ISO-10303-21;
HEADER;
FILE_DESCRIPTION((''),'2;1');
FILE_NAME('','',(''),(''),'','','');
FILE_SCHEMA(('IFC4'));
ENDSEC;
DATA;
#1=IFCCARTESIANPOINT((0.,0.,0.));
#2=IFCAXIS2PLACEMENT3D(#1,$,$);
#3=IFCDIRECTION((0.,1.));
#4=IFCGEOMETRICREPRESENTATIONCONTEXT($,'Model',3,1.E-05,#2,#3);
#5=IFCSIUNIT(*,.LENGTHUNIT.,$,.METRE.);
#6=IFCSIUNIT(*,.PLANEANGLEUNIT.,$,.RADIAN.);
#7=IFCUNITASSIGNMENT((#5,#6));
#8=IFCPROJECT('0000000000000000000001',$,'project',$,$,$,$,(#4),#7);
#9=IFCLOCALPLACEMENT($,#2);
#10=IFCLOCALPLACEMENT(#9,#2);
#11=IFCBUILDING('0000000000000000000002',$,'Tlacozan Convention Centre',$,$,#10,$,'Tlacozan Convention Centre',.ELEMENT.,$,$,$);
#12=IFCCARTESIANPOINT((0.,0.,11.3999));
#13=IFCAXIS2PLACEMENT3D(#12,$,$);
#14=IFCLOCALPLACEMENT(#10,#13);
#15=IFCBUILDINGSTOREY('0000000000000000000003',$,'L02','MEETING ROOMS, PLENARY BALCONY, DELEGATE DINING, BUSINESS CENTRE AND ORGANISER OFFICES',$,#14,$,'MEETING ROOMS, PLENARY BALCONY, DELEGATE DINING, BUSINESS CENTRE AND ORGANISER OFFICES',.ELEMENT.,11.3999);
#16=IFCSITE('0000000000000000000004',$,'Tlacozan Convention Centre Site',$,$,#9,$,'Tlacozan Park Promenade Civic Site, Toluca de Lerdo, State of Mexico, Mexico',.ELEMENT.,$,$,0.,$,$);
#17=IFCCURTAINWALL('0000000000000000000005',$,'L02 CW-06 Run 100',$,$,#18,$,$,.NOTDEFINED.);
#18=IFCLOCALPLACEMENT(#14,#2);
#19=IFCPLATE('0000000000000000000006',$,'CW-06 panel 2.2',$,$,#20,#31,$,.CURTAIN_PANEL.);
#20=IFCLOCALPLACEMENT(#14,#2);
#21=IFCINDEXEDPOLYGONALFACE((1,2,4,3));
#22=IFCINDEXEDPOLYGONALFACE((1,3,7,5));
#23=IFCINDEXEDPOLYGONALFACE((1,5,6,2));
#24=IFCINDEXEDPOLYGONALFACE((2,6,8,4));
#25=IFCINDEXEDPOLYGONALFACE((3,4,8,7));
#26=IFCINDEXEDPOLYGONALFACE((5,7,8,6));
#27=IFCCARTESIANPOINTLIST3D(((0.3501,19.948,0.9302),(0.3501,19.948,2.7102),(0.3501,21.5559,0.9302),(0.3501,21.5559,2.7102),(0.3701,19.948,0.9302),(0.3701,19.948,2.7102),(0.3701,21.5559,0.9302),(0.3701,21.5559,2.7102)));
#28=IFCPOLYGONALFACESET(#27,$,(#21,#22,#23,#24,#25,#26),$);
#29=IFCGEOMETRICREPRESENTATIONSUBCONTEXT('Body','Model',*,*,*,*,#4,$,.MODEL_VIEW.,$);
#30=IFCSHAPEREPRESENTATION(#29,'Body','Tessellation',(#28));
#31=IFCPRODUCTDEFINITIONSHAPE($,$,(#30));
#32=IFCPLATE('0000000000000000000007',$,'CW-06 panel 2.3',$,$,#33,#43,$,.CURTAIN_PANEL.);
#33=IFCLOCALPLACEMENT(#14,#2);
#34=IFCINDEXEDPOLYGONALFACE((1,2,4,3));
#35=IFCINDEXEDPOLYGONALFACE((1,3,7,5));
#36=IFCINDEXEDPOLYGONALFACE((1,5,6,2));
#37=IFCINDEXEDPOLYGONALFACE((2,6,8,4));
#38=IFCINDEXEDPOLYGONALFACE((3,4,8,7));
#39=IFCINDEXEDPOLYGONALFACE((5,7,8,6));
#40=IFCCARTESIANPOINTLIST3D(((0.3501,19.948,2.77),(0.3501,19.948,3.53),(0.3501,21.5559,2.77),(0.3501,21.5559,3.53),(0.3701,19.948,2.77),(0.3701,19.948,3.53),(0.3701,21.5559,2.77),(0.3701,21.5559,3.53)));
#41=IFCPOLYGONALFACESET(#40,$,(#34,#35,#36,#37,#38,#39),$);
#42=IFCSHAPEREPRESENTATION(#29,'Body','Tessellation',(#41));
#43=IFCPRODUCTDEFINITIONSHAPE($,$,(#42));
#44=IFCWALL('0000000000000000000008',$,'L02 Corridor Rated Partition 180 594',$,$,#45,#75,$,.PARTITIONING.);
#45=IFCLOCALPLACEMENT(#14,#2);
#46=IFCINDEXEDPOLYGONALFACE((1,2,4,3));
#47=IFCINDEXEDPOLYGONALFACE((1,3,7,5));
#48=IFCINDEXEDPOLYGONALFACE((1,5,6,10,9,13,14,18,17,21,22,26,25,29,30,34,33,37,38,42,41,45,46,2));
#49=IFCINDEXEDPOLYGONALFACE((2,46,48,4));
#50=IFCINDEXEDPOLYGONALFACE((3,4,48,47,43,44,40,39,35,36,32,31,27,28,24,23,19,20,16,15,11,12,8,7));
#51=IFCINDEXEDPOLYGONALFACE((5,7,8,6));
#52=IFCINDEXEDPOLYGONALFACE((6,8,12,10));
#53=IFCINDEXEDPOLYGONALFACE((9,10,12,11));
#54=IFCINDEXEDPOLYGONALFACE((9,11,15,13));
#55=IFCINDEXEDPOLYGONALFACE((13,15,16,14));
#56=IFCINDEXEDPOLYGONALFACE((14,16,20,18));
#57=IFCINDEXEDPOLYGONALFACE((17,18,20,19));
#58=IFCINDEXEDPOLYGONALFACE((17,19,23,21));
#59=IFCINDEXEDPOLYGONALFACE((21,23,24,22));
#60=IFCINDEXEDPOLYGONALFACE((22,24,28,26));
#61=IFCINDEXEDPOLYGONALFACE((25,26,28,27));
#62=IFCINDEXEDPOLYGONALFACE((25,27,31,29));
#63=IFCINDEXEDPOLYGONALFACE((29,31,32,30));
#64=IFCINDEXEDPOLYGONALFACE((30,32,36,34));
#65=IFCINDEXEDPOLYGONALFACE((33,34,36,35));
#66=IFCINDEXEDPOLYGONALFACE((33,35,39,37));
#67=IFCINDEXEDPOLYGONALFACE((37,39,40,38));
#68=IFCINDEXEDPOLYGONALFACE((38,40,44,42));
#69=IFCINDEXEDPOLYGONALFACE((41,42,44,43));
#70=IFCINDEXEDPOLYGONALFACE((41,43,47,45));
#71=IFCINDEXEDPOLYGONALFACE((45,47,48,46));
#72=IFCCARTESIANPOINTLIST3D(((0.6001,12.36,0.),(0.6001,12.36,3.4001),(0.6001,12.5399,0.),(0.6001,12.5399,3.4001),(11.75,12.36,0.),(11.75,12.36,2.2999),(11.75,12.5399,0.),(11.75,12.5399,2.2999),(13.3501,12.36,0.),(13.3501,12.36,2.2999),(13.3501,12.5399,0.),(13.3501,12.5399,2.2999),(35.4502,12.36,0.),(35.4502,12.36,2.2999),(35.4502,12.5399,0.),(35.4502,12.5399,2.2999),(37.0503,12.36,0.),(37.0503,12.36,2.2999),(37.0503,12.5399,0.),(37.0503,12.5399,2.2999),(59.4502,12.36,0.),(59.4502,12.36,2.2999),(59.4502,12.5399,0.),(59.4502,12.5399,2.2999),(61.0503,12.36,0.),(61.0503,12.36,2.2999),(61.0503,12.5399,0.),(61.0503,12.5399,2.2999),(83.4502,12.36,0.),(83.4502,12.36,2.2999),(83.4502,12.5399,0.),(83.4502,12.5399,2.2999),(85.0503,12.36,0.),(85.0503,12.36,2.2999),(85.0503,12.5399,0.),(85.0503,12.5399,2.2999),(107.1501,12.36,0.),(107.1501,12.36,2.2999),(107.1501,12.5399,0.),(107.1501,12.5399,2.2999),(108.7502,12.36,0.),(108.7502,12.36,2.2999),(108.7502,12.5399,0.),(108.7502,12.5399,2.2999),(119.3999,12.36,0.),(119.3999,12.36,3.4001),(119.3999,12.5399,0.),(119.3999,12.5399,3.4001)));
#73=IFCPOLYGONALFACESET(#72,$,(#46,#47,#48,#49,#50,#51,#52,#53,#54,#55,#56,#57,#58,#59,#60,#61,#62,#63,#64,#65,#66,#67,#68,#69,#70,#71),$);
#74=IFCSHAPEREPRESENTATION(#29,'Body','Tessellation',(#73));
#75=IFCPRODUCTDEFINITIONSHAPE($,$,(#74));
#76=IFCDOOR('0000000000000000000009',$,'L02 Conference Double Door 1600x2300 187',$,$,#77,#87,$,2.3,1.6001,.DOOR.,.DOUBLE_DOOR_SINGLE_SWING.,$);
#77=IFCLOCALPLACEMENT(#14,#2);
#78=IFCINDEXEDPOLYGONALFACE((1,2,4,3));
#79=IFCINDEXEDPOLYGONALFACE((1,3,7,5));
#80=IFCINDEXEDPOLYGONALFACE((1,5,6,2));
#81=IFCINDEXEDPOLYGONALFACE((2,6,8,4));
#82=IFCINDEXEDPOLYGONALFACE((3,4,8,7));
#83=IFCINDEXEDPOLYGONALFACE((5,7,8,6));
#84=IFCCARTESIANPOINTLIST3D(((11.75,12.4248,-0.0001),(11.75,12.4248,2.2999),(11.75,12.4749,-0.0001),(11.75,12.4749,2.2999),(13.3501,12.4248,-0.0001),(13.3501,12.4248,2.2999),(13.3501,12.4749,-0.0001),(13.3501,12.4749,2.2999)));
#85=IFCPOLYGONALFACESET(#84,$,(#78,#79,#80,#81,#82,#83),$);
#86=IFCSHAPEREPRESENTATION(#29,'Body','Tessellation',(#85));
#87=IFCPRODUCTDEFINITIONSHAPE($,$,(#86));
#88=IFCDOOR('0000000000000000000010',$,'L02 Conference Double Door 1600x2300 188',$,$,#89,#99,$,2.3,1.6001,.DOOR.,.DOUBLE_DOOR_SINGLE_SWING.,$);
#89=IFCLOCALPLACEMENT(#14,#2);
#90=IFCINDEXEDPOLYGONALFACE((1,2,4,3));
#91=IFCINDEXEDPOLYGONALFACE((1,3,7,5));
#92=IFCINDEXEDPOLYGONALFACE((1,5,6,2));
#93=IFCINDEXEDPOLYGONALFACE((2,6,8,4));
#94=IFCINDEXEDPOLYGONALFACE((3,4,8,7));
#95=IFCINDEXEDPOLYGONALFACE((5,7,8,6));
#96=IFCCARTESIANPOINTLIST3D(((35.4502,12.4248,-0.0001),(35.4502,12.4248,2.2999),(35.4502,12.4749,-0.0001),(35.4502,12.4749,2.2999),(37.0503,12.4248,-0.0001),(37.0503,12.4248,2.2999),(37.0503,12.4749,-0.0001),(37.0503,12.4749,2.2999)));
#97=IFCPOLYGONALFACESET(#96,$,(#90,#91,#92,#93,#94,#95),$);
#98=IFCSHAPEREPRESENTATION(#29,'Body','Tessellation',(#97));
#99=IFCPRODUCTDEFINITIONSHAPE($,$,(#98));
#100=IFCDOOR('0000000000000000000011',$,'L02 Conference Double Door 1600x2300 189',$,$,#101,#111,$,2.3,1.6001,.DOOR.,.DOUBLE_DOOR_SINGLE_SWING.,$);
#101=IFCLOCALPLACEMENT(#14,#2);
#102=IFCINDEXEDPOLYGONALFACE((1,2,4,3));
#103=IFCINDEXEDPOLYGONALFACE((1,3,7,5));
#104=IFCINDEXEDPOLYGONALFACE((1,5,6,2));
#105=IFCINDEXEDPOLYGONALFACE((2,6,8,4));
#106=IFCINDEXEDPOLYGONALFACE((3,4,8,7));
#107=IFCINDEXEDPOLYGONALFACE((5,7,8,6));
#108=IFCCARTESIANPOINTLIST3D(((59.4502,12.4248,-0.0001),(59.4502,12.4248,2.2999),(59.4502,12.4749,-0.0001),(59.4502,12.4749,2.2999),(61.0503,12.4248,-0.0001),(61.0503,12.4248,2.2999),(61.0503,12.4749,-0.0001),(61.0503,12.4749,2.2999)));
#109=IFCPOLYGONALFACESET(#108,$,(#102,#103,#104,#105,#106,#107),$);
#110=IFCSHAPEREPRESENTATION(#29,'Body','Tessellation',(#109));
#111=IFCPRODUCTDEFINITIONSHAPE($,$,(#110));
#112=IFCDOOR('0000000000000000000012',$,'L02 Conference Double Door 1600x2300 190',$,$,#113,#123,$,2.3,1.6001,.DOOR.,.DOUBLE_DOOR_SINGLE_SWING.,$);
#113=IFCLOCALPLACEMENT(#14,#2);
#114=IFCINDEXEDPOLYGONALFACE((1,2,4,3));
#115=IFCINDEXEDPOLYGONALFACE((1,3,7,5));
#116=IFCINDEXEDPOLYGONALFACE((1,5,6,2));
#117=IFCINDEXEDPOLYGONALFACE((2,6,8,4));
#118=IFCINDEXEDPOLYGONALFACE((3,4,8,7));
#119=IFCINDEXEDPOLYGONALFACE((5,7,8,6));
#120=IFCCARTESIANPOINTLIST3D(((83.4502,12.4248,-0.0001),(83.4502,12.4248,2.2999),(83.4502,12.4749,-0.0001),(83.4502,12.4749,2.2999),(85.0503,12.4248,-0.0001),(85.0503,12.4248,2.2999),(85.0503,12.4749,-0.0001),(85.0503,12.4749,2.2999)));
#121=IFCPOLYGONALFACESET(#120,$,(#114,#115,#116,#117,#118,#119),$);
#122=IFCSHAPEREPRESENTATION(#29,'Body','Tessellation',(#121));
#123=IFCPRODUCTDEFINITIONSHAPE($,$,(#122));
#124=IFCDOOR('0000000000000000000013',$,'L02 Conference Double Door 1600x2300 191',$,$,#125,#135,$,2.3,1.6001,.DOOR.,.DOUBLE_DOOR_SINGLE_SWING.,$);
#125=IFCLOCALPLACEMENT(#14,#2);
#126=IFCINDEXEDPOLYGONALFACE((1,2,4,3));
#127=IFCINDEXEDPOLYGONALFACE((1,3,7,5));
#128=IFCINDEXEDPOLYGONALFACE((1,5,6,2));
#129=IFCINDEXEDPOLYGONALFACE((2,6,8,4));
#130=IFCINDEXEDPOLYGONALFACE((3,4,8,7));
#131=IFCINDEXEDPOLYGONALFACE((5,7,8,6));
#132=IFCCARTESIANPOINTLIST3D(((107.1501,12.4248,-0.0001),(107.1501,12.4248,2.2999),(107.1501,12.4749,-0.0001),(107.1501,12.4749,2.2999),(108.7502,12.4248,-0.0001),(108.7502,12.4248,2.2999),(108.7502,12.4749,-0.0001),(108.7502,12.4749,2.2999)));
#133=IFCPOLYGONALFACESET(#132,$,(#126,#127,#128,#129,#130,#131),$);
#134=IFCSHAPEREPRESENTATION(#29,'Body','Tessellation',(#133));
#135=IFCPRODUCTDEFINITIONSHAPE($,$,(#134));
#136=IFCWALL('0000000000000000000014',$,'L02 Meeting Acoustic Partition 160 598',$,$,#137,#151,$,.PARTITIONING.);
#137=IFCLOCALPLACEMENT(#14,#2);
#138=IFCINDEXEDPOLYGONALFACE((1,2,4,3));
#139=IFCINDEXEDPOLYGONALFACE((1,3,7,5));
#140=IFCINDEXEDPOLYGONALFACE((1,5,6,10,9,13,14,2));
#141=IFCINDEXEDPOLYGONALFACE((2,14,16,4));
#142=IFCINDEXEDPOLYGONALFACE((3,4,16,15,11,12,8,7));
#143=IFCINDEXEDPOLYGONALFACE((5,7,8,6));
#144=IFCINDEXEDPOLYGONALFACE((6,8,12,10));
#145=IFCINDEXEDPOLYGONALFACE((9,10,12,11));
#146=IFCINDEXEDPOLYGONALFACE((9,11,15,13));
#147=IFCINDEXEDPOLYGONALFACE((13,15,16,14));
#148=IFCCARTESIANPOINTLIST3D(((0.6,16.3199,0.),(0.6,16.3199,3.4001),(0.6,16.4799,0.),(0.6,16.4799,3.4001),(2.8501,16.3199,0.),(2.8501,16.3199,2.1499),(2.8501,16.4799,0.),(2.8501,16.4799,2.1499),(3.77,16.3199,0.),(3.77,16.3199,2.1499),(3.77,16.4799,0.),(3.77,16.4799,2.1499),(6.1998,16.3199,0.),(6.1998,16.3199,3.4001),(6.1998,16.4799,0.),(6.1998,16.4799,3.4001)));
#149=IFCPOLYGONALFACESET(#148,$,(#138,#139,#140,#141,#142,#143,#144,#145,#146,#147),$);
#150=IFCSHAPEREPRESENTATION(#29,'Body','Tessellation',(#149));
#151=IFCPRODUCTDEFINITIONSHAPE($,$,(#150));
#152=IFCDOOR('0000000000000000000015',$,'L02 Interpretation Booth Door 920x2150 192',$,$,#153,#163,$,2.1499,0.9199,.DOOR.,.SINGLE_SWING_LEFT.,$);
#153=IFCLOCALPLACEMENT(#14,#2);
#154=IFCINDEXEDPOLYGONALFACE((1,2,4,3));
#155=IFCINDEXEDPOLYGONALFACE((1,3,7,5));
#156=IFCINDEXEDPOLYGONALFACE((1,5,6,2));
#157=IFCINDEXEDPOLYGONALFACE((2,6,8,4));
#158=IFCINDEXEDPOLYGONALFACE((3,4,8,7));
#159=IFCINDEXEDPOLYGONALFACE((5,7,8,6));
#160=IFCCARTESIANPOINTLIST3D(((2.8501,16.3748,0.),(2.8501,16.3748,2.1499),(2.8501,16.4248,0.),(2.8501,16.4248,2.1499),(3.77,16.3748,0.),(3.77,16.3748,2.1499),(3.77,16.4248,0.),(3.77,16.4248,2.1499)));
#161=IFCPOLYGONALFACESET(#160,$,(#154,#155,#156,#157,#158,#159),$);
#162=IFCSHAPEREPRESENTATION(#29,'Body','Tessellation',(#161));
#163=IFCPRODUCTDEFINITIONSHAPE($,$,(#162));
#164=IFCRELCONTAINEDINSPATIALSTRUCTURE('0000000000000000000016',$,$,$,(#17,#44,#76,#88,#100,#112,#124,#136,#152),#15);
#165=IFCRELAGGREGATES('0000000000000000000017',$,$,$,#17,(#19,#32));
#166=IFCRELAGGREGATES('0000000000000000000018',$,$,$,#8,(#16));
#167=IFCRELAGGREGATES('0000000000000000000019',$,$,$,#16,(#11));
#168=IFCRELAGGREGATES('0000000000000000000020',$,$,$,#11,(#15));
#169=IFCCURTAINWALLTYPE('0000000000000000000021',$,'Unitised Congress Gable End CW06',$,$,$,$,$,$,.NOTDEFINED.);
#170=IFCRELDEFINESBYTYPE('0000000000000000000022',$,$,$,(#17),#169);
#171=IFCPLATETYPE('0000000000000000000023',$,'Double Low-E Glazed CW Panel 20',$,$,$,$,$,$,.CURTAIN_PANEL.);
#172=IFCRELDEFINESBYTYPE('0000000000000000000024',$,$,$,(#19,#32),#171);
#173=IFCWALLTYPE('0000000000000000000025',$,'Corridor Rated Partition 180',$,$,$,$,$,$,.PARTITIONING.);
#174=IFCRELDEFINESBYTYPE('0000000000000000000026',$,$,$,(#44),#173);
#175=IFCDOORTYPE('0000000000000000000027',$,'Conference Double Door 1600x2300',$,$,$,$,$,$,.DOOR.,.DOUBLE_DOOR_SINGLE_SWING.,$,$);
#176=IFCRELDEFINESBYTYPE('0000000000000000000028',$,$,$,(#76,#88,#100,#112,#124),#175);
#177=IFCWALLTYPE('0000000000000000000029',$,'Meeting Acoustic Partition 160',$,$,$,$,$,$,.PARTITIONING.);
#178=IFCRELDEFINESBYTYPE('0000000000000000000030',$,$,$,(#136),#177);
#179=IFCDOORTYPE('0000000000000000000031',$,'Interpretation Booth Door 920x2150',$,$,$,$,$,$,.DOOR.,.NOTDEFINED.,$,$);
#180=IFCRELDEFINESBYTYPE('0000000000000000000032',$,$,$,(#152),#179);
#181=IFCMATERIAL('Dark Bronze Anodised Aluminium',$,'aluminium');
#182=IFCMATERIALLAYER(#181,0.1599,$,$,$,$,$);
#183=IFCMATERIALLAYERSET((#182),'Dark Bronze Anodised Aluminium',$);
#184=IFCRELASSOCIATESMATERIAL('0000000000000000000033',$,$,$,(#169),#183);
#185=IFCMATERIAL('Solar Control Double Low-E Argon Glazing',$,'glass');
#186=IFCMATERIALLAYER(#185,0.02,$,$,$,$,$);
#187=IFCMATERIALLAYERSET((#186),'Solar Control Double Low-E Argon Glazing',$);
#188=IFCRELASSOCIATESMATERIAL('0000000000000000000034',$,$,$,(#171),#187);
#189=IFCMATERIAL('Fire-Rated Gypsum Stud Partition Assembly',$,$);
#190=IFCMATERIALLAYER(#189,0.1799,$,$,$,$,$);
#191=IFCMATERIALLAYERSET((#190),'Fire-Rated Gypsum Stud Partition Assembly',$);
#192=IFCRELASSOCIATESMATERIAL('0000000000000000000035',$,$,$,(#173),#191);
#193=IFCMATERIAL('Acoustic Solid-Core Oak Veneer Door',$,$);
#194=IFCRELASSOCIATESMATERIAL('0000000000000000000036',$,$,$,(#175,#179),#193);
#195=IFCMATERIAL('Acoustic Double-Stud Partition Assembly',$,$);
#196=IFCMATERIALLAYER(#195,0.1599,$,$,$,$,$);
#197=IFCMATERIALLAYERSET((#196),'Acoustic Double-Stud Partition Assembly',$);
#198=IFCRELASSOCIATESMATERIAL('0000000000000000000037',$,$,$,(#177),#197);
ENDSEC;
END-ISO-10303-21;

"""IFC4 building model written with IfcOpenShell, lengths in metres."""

from ifc_helpers import new_model, si_unit, direction, frame, frame_2d, origin, origin_2d, place, context, subcontext, project, spatial, rectangle, extrude, material, layer, layer_set, type_object, element, fill, aggregate, save


model = new_model("IFC4")

# Units and contexts
model_context = context("Model", 3, precision=1e-05, world=origin(), true_north=direction((0.0, 1.0)))
body_context = subcontext(model_context, "Body", "Model", "MODEL_VIEW")
ifc_project = project(units=[si_unit("LENGTHUNIT", "METRE"), si_unit("PLANEANGLEUNIT", "RADIAN")], contexts=[model_context])

# Site, building, storey
site_placement = place(None, origin())
site = spatial("IfcSite", under=ifc_project, at=site_placement, Name="Tlacozan Convention Centre Site", LongName="Tlacozan Park Promenade Civic Site, Toluca de Lerdo, State of Mexico, Mexico", CompositionType="ELEMENT", RefElevation=0.0)
building_placement = place(site_placement, origin())
building = spatial("IfcBuilding", under=site, at=building_placement, Name="Tlacozan Convention Centre", LongName="Tlacozan Convention Centre", CompositionType="ELEMENT")
storey_placement = place(building_placement, frame((0.0, 0.0, 11.3999)))
storey = spatial("IfcBuildingStorey", under=building, at=storey_placement, Name="L02", Description="MEETING ROOMS, PLENARY BALCONY, DELEGATE DINING, BUSINESS CENTRE AND ORGANISER OFFICES", LongName="MEETING ROOMS, PLENARY BALCONY, DELEGATE DINING, BUSINESS CENTRE AND ORGANISER OFFICES", CompositionType="ELEMENT", Elevation=11.3999)

# Curtain wall
ifc_material_1 = material(Name="Dark Bronze Anodised Aluminium", Category="aluminium")
ifc_layer_1 = layer(ifc_material_1, 0.1599)
ifc_layer_set_1 = layer_set([ifc_layer_1], Name="Dark Bronze Anodised Aluminium")
curtain_wall_type = type_object("IfcCurtainWallType", Name="Unitised Congress Gable End CW06", PredefinedType="NOTDEFINED", material=ifc_layer_set_1)
curtain_wall_placement = place(storey_placement, origin())
curtain_wall = element("IfcCurtainWall", 1, at=curtain_wall_placement, inside=storey, type_object=curtain_wall_type, Name="L02 CW-06 Run 100", PredefinedType="NOTDEFINED")

# Plates
ifc_material_2 = material(Name="Solar Control Double Low-E Argon Glazing", Category="glass")
ifc_layer_2 = layer(ifc_material_2, 0.02)
ifc_layer_set_2 = layer_set([ifc_layer_2], Name="Solar Control Double Low-E Argon Glazing")
plate_type = type_object("IfcPlateType", Name="Double Low-E Glazed CW Panel 20", PredefinedType="CURTAIN_PANEL", material=ifc_layer_set_2)
plate_1_placement = place(storey_placement, frame((0.3601, 20.752, 0.9302), z_axis=(0.0, 0.0, 1.0), x_axis=(0.0, 1.0, 0.0)))
plate_1 = element("IfcPlate", 2, at=plate_1_placement, type_object=plate_type, Name="CW-06 panel 2.2", PredefinedType="CURTAIN_PANEL", context=body_context, shape_type="SweptSolid", body=[
    extrude(rectangle(XDim=1.6079, YDim=0.02, at=origin_2d()), origin(), (0.0, 0.0, 1.0), 1.78),
])
plate_2_placement = place(storey_placement, frame((0.3601, 20.752, 2.77), z_axis=(0.0, 0.0, 1.0), x_axis=(0.0, 1.0, 0.0)))
plate_2 = element("IfcPlate", 3, at=plate_2_placement, type_object=plate_type, Name="CW-06 panel 2.3", PredefinedType="CURTAIN_PANEL", context=body_context, shape_type="SweptSolid", body=[
    extrude(rectangle(XDim=1.6079, YDim=0.02, at=origin_2d()), origin(), (0.0, 0.0, 1.0), 0.76),
])
aggregate(curtain_wall, [plate_1, plate_2])

# Wall, openings, doors
ifc_material_3 = material(Name="Fire-Rated Gypsum Stud Partition Assembly")
ifc_layer_3 = layer(ifc_material_3, 0.1799)
ifc_layer_set_3 = layer_set([ifc_layer_3], Name="Fire-Rated Gypsum Stud Partition Assembly")
wall_type_1 = type_object("IfcWallType", Name="Corridor Rated Partition 180", PredefinedType="PARTITIONING", material=ifc_layer_set_3)
wall_1_placement = place(storey_placement, frame((0.6001, 12.45, 0.0), z_axis=(0.0, 0.0, 1.0), x_axis=(1.0, 0.0, 0.0)))
wall_1 = element("IfcWall", 4, at=wall_1_placement, inside=storey, type_object=wall_type_1, Name="L02 Corridor Rated Partition 180 594", PredefinedType="PARTITIONING", context=body_context, shape_type="SweptSolid", body=[
    extrude(rectangle(XDim=118.7998, YDim=0.1799, at=frame_2d((59.3999, 0.0))), origin(), (0.0, 0.0, 1.0), 3.4001),
])
opening_1_placement = place(wall_1_placement, frame((11.1499, 0.0, 0.0)))
opening_1 = element("IfcOpeningElement", 5, at=opening_1_placement, cuts=wall_1, PredefinedType="OPENING", context=body_context, shape_type="SweptSolid", body=[
    extrude(rectangle(XDim=1.6001, YDim=2.3, at=frame_2d((0.8, 1.1499))), frame((0.0, 0.0999, 0.0), z_axis=(0.0, -1.0, 0.0), x_axis=(1.0, 0.0, 0.0)), (0.0, 0.0, 1.0), 0.2),
])
opening_2_placement = place(wall_1_placement, frame((34.8501, 0.0, 0.0)))
opening_2 = element("IfcOpeningElement", 6, at=opening_2_placement, cuts=wall_1, PredefinedType="OPENING", context=body_context, shape_type="SweptSolid", body=[
    extrude(rectangle(XDim=1.6001, YDim=2.3, at=frame_2d((0.8, 1.1499))), frame((0.0, 0.0999, 0.0), z_axis=(0.0, -1.0, 0.0), x_axis=(1.0, 0.0, 0.0)), (0.0, 0.0, 1.0), 0.2),
])
opening_3_placement = place(wall_1_placement, frame((58.8501, 0.0, 0.0)))
opening_3 = element("IfcOpeningElement", 7, at=opening_3_placement, cuts=wall_1, PredefinedType="OPENING", context=body_context, shape_type="SweptSolid", body=[
    extrude(rectangle(XDim=1.6001, YDim=2.3, at=frame_2d((0.8, 1.1499))), frame((0.0, 0.0999, 0.0), z_axis=(0.0, -1.0, 0.0), x_axis=(1.0, 0.0, 0.0)), (0.0, 0.0, 1.0), 0.2),
])
opening_4_placement = place(wall_1_placement, frame((82.8501, 0.0, 0.0)))
opening_4 = element("IfcOpeningElement", 8, at=opening_4_placement, cuts=wall_1, PredefinedType="OPENING", context=body_context, shape_type="SweptSolid", body=[
    extrude(rectangle(XDim=1.6001, YDim=2.3, at=frame_2d((0.8, 1.1499))), frame((0.0, 0.0999, 0.0), z_axis=(0.0, -1.0, 0.0), x_axis=(1.0, 0.0, 0.0)), (0.0, 0.0, 1.0), 0.2),
])
opening_5_placement = place(wall_1_placement, frame((106.55, 0.0, 0.0)))
opening_5 = element("IfcOpeningElement", 9, at=opening_5_placement, cuts=wall_1, PredefinedType="OPENING", context=body_context, shape_type="SweptSolid", body=[
    extrude(rectangle(XDim=1.6001, YDim=2.3, at=frame_2d((0.8, 1.1499))), frame((0.0, 0.0999, 0.0), z_axis=(0.0, -1.0, 0.0), x_axis=(1.0, 0.0, 0.0)), (0.0, 0.0, 1.0), 0.2),
])
ifc_material_4 = material(Name="Acoustic Solid-Core Oak Veneer Door")
door_type_1 = type_object("IfcDoorType", Name="Conference Double Door 1600x2300", OperationType="DOUBLE_DOOR_SINGLE_SWING", PredefinedType="DOOR", material=ifc_material_4)
door_1_placement = place(opening_1_placement, origin())
door_1 = element("IfcDoor", 10, at=door_1_placement, inside=storey, type_object=door_type_1, Name="L02 Conference Double Door 1600x2300 187", OperationType="DOUBLE_DOOR_SINGLE_SWING", OverallHeight=2.3, OverallWidth=1.6001, PredefinedType="DOOR", context=body_context, shape_type="SweptSolid", body=[
    extrude(rectangle(XDim=1.6001, YDim=2.3, at=frame_2d((0.8, 1.1499))), frame((0.0, 0.0249, 0.0), z_axis=(0.0, -1.0, 0.0), x_axis=(1.0, 0.0, 0.0)), (0.0, 0.0, 1.0), 0.05),
])
fill(opening_1, door_1)
door_2_placement = place(opening_2_placement, origin())
door_2 = element("IfcDoor", 11, at=door_2_placement, inside=storey, type_object=door_type_1, Name="L02 Conference Double Door 1600x2300 188", OperationType="DOUBLE_DOOR_SINGLE_SWING", OverallHeight=2.3, OverallWidth=1.6001, PredefinedType="DOOR", context=body_context, shape_type="SweptSolid", body=[
    extrude(rectangle(XDim=1.6001, YDim=2.3, at=frame_2d((0.8, 1.1499))), frame((0.0, 0.0249, 0.0), z_axis=(0.0, -1.0, 0.0), x_axis=(1.0, 0.0, 0.0)), (0.0, 0.0, 1.0), 0.05),
])
fill(opening_2, door_2)
door_3_placement = place(opening_3_placement, origin())
door_3 = element("IfcDoor", 12, at=door_3_placement, inside=storey, type_object=door_type_1, Name="L02 Conference Double Door 1600x2300 189", OperationType="DOUBLE_DOOR_SINGLE_SWING", OverallHeight=2.3, OverallWidth=1.6001, PredefinedType="DOOR", context=body_context, shape_type="SweptSolid", body=[
    extrude(rectangle(XDim=1.6001, YDim=2.3, at=frame_2d((0.8, 1.1499))), frame((0.0, 0.0249, 0.0), z_axis=(0.0, -1.0, 0.0), x_axis=(1.0, 0.0, 0.0)), (0.0, 0.0, 1.0), 0.05),
])
fill(opening_3, door_3)
door_4_placement = place(opening_4_placement, origin())
door_4 = element("IfcDoor", 13, at=door_4_placement, inside=storey, type_object=door_type_1, Name="L02 Conference Double Door 1600x2300 190", OperationType="DOUBLE_DOOR_SINGLE_SWING", OverallHeight=2.3, OverallWidth=1.6001, PredefinedType="DOOR", context=body_context, shape_type="SweptSolid", body=[
    extrude(rectangle(XDim=1.6001, YDim=2.3, at=frame_2d((0.8, 1.1499))), frame((0.0, 0.0249, 0.0), z_axis=(0.0, -1.0, 0.0), x_axis=(1.0, 0.0, 0.0)), (0.0, 0.0, 1.0), 0.05),
])
fill(opening_4, door_4)
door_5_placement = place(opening_5_placement, origin())
door_5 = element("IfcDoor", 14, at=door_5_placement, inside=storey, type_object=door_type_1, Name="L02 Conference Double Door 1600x2300 191", OperationType="DOUBLE_DOOR_SINGLE_SWING", OverallHeight=2.3, OverallWidth=1.6001, PredefinedType="DOOR", context=body_context, shape_type="SweptSolid", body=[
    extrude(rectangle(XDim=1.6001, YDim=2.3, at=frame_2d((0.8, 1.1499))), frame((0.0, 0.0249, 0.0), z_axis=(0.0, -1.0, 0.0), x_axis=(1.0, 0.0, 0.0)), (0.0, 0.0, 1.0), 0.05),
])
fill(opening_5, door_5)

# Wall, opening, door
ifc_material_5 = material(Name="Acoustic Double-Stud Partition Assembly")
ifc_layer_4 = layer(ifc_material_5, 0.1599)
ifc_layer_set_4 = layer_set([ifc_layer_4], Name="Acoustic Double-Stud Partition Assembly")
wall_type_2 = type_object("IfcWallType", Name="Meeting Acoustic Partition 160", PredefinedType="PARTITIONING", material=ifc_layer_set_4)
wall_2_placement = place(storey_placement, frame((0.6001, 16.3999, 0.0), z_axis=(0.0, 0.0, 1.0), x_axis=(1.0, 0.0, 0.0)))
wall_2 = element("IfcWall", 15, at=wall_2_placement, inside=storey, type_object=wall_type_2, Name="L02 Meeting Acoustic Partition 160 598", PredefinedType="PARTITIONING", context=body_context, shape_type="SweptSolid", body=[
    extrude(rectangle(XDim=5.5999, YDim=0.1599, at=frame_2d((2.7998, 0.0))), origin(), (0.0, 0.0, 1.0), 3.4001),
])
opening_6_placement = place(wall_2_placement, frame((2.25, 0.0, 0.0)))
opening_6 = element("IfcOpeningElement", 16, at=opening_6_placement, cuts=wall_2, PredefinedType="OPENING", context=body_context, shape_type="SweptSolid", body=[
    extrude(rectangle(XDim=0.9199, YDim=2.1499, at=frame_2d((0.46, 1.075))), frame((0.0, 0.0898, 0.0), z_axis=(0.0, -1.0, 0.0), x_axis=(1.0, 0.0, 0.0)), (0.0, 0.0, 1.0), 0.1799),
])
door_type_2 = type_object("IfcDoorType", Name="Interpretation Booth Door 920x2150", OperationType="NOTDEFINED", PredefinedType="DOOR", material=ifc_material_4)
door_6_placement = place(opening_6_placement, origin())
door_6 = element("IfcDoor", 17, at=door_6_placement, inside=storey, type_object=door_type_2, Name="L02 Interpretation Booth Door 920x2150 192", OperationType="SINGLE_SWING_LEFT", OverallHeight=2.1499, OverallWidth=0.9199, PredefinedType="DOOR", context=body_context, shape_type="SweptSolid", body=[
    extrude(rectangle(XDim=0.9199, YDim=2.1499, at=frame_2d((0.46, 1.075))), frame((0.0, 0.0249, 0.0), z_axis=(0.0, -1.0, 0.0), x_axis=(1.0, 0.0, 0.0)), (0.0, 0.0, 1.0), 0.05),
])
fill(opening_6, door_6)

save(model, "model.ifc")
